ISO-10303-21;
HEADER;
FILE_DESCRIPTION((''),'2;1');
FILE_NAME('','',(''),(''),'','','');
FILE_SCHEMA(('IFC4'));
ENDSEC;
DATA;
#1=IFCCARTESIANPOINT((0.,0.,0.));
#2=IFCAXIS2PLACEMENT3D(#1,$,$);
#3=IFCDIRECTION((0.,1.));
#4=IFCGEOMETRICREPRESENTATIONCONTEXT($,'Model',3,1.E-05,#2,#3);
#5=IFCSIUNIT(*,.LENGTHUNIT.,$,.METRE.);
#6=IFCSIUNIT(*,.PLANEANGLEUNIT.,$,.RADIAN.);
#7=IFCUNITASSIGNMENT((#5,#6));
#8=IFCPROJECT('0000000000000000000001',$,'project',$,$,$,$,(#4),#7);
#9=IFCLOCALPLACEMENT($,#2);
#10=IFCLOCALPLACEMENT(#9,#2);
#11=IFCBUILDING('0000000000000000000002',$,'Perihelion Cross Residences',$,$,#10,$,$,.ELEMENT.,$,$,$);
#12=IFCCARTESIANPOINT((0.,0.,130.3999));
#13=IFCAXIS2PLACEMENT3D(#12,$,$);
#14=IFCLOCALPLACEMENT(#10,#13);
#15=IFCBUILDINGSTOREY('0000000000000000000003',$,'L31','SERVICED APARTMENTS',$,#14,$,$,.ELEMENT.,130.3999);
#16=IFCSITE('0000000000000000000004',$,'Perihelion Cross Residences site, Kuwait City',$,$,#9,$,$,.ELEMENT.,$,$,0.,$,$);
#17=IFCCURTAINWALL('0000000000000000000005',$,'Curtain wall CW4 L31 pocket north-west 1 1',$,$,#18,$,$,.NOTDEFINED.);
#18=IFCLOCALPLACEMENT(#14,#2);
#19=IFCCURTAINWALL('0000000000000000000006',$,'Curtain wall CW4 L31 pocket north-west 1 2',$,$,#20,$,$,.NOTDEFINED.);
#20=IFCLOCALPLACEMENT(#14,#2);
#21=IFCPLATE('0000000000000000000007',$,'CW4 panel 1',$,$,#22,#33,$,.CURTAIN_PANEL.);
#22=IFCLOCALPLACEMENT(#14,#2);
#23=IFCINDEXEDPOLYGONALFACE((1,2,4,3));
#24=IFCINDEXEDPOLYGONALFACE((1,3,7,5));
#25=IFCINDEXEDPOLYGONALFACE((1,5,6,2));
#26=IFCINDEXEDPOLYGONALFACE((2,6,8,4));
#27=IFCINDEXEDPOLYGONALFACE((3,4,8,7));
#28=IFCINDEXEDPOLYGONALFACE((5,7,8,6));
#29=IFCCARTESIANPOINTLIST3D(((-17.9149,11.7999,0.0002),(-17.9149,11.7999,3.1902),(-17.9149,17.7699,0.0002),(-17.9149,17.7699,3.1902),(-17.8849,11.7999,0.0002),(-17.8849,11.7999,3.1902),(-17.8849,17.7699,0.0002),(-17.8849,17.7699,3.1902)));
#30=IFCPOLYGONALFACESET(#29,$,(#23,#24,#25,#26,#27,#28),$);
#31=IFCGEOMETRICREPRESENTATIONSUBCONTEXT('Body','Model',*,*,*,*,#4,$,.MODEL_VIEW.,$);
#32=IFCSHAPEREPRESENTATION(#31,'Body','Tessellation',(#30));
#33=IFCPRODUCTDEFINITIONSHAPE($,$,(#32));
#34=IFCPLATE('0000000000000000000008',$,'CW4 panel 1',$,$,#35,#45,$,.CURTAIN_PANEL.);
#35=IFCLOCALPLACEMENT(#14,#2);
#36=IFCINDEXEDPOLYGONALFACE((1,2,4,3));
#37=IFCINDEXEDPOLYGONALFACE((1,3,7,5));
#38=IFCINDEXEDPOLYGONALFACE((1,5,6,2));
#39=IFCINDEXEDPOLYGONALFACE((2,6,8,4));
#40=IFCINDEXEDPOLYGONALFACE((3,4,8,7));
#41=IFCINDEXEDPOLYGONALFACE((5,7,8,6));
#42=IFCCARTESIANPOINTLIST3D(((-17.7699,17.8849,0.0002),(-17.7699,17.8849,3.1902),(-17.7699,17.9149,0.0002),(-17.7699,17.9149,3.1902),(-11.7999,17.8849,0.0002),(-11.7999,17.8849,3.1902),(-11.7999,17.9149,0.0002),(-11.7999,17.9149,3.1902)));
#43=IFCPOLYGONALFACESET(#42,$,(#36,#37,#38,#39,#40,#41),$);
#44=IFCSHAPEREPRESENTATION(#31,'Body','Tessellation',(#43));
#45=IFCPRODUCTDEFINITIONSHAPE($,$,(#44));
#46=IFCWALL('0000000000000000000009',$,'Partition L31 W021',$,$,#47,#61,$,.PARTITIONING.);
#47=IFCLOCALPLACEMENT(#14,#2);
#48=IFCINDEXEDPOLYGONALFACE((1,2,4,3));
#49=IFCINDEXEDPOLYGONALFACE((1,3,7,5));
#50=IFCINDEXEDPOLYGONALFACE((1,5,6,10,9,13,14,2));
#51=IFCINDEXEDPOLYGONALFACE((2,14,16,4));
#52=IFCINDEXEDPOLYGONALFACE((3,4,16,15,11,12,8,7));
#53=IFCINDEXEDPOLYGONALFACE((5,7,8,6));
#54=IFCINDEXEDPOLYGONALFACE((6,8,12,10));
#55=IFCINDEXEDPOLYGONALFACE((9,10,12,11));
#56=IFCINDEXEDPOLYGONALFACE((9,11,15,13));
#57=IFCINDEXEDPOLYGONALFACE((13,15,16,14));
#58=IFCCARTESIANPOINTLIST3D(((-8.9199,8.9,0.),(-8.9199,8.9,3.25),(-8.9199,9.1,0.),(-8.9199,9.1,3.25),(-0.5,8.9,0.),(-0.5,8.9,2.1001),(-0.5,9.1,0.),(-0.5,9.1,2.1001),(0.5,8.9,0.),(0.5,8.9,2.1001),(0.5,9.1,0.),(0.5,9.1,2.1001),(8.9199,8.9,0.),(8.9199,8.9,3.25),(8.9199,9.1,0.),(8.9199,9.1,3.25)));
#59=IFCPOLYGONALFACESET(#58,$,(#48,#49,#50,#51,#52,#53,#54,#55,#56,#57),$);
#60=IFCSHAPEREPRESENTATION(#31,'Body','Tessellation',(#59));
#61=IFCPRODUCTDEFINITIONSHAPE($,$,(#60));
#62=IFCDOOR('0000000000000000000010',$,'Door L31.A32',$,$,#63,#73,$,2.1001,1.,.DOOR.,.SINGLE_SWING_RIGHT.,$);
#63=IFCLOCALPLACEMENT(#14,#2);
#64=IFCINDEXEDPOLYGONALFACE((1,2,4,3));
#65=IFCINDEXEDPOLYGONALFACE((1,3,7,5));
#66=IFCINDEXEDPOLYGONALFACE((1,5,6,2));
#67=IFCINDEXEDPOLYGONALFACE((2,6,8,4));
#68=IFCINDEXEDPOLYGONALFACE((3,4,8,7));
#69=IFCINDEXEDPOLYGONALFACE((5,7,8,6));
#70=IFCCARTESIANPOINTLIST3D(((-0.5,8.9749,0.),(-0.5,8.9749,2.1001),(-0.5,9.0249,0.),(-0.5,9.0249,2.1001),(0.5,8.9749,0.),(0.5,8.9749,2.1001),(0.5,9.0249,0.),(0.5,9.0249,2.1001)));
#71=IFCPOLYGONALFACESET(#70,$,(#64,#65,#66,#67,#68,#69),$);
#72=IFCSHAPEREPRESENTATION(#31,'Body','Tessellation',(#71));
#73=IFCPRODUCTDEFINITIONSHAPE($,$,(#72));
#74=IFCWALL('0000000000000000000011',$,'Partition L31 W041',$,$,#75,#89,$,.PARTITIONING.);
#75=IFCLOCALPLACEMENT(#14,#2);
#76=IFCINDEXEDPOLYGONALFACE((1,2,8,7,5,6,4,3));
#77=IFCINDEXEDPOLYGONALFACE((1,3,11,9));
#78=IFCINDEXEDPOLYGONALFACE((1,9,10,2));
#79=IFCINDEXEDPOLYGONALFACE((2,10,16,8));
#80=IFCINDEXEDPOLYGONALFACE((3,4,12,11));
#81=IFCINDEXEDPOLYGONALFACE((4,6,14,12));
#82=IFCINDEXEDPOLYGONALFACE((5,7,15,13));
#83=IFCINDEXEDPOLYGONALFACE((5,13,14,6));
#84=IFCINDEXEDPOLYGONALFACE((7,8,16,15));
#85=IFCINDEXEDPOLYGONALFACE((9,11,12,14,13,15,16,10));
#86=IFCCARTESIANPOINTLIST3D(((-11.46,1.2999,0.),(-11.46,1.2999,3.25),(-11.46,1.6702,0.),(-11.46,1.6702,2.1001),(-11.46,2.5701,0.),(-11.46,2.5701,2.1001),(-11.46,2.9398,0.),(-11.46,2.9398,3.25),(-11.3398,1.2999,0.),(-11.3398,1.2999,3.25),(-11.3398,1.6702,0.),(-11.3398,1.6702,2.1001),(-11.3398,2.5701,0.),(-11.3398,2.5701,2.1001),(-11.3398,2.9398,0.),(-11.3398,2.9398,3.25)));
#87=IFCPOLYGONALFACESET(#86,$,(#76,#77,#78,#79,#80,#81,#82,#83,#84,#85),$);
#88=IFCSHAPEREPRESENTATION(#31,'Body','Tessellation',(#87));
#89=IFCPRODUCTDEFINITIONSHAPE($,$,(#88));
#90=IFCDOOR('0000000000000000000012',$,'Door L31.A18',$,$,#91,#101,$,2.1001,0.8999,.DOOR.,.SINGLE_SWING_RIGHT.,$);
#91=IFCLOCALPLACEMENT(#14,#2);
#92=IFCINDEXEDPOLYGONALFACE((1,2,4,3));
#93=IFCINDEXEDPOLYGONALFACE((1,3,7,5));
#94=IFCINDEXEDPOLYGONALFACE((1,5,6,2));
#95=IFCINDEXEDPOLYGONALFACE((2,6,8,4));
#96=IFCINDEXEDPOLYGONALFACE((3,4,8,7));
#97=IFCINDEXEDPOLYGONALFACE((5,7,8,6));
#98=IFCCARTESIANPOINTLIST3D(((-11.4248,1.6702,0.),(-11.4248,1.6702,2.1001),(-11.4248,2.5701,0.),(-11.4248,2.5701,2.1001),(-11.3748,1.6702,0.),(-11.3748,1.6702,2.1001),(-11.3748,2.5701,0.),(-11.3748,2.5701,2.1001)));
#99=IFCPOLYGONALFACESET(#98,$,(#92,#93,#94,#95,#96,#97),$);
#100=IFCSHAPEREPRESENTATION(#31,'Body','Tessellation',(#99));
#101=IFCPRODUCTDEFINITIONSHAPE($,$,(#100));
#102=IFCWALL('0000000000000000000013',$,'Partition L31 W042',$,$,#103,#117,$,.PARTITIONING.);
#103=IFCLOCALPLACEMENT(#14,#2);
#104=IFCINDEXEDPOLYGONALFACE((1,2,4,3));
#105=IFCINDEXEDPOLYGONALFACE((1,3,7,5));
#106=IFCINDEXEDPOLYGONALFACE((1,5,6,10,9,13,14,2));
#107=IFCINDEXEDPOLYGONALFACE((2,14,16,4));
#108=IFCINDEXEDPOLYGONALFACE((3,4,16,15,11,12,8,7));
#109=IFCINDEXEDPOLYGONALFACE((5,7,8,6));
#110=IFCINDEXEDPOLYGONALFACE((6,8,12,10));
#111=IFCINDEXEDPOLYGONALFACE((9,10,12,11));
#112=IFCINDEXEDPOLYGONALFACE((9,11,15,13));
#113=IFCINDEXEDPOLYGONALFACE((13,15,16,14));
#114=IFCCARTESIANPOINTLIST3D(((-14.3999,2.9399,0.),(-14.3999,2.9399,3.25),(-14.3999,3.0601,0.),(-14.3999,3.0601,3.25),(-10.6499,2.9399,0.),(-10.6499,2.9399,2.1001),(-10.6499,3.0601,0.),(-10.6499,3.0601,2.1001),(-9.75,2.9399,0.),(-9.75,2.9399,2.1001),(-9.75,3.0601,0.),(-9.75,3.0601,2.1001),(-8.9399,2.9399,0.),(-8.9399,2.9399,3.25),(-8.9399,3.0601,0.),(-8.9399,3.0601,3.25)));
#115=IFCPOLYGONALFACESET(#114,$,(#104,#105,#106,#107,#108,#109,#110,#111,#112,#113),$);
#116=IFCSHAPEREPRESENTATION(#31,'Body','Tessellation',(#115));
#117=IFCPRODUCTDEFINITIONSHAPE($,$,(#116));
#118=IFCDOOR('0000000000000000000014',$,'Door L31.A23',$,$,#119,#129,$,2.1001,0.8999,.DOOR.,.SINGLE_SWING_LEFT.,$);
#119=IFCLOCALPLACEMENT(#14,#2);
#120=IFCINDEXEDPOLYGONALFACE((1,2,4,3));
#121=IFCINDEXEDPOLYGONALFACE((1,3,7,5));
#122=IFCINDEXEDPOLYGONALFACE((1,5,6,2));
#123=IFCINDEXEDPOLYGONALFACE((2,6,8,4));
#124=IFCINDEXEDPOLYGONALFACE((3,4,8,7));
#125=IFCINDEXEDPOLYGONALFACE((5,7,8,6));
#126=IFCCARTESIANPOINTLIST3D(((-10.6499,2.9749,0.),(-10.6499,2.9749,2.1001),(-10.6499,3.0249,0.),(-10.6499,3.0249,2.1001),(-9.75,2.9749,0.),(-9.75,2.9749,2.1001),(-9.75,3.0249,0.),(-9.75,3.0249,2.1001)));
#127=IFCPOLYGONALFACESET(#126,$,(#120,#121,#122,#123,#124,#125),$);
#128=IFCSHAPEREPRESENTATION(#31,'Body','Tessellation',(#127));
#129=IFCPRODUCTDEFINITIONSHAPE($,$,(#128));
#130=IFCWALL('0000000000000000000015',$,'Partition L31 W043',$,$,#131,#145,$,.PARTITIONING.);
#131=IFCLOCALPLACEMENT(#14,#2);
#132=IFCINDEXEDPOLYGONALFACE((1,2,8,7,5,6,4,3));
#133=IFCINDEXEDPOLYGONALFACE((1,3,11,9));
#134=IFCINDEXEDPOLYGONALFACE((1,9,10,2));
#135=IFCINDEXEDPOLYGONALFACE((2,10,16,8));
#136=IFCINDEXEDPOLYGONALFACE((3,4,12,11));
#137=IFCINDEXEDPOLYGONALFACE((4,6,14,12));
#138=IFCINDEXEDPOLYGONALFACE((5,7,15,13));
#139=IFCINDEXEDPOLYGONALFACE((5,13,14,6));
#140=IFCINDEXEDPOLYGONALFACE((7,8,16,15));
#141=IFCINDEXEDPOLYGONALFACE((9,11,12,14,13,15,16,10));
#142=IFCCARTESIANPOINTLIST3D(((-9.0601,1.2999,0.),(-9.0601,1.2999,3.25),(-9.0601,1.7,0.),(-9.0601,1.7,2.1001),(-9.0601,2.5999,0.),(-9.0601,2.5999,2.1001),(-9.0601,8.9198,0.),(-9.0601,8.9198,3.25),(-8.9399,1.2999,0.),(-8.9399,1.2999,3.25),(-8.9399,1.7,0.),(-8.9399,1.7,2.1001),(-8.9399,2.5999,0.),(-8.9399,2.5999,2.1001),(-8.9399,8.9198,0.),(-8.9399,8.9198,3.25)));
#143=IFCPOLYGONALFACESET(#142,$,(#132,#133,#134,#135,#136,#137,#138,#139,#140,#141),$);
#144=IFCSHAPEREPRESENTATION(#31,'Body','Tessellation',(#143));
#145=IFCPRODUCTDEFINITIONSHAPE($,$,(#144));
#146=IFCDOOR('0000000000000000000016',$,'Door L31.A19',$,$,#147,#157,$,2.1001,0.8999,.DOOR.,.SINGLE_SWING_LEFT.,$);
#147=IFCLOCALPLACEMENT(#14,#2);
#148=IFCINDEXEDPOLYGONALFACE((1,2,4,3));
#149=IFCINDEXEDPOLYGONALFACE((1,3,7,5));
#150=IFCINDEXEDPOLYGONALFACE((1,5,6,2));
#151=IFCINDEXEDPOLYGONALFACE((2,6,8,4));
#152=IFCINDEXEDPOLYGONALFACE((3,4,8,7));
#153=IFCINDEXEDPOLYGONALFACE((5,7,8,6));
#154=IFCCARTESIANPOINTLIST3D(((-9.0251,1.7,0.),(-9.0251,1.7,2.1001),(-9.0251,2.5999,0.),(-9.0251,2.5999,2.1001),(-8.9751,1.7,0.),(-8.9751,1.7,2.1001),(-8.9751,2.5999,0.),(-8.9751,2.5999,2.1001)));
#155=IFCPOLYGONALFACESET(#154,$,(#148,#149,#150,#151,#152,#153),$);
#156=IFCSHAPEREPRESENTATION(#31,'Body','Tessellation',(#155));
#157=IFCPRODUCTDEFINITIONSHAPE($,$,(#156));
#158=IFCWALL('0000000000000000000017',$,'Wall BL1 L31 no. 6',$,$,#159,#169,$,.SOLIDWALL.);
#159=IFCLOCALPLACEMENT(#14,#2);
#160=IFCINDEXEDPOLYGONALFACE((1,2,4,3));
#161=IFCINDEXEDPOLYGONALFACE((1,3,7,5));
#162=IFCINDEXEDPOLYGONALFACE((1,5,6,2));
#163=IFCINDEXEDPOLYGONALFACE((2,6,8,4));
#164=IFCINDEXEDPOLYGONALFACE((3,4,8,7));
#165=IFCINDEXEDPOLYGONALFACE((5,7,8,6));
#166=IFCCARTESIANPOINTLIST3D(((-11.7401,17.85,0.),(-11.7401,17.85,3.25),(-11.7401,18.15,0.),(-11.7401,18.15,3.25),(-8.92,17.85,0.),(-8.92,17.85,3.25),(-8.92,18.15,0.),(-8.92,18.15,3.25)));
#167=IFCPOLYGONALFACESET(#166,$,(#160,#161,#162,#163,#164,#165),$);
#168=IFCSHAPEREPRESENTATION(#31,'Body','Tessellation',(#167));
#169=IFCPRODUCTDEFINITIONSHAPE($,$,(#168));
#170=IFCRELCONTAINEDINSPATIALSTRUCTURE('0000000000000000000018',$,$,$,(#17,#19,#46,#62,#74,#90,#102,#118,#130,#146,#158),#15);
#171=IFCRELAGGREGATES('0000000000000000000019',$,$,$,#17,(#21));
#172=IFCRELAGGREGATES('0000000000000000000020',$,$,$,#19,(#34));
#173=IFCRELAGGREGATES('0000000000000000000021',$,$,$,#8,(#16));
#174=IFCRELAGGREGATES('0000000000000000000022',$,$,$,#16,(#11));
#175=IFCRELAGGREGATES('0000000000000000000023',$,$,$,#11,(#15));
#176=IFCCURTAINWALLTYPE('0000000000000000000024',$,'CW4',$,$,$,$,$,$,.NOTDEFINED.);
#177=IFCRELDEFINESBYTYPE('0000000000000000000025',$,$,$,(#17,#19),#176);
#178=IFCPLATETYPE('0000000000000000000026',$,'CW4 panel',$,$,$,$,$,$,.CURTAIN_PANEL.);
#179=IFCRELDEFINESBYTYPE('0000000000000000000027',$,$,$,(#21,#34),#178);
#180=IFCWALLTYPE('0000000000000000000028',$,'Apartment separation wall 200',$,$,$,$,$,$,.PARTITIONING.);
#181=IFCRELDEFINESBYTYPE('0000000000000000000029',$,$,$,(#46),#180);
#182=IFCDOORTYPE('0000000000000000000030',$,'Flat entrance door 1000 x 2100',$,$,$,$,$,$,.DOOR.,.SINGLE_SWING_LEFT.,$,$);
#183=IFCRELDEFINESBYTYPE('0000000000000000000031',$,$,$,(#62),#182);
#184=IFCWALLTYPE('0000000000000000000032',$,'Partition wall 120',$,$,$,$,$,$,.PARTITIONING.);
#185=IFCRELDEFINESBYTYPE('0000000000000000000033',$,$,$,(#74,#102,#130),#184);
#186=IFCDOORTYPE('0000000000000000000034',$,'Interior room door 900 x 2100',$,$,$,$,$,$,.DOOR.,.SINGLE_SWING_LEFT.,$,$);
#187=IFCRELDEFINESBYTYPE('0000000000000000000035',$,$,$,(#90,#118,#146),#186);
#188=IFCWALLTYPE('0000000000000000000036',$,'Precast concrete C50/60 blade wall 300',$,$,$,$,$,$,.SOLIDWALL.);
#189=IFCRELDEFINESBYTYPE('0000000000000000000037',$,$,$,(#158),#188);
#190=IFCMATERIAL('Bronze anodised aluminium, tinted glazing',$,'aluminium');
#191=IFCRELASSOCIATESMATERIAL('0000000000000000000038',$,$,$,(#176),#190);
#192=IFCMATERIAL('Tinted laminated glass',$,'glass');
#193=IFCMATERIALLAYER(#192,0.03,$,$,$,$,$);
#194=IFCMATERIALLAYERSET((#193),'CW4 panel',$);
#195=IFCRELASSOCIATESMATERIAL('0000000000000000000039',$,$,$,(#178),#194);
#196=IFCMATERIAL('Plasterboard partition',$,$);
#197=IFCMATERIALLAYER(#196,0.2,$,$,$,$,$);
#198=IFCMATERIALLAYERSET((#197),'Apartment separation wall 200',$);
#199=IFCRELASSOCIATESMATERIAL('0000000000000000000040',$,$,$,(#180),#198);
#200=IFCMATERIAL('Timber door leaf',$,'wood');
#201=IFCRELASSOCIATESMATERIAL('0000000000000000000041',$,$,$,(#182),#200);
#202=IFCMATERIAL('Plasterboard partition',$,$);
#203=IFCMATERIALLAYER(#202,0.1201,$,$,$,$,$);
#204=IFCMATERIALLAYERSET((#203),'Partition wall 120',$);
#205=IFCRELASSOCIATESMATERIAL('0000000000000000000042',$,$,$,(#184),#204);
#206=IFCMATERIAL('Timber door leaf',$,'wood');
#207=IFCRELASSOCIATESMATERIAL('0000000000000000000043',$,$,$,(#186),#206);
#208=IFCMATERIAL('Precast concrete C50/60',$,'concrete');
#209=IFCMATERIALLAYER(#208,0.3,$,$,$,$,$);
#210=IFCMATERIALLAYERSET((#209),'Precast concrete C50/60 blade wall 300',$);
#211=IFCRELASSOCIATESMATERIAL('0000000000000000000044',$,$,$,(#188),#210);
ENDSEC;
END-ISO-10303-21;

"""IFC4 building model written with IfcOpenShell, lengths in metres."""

from ifc_helpers import new_model, si_unit, direction, frame, frame_2d, origin, origin_2d, place, context, subcontext, project, spatial, rectangle, extrude, material, layer, layer_set, type_object, element, fill, aggregate, save


model = new_model("IFC4")

# Units and contexts
model_context = context("Model", 3, precision=1e-05, world=origin(), true_north=direction((0.0, 1.0)))
body_context = subcontext(model_context, "Body", "Model", "MODEL_VIEW")
ifc_project = project(units=[si_unit("LENGTHUNIT", "METRE"), si_unit("PLANEANGLEUNIT", "RADIAN")], contexts=[model_context])

# Site, building, storey
site_placement = place(None, origin())
site = spatial("IfcSite", under=ifc_project, at=site_placement, Name="Perihelion Cross Residences site, Kuwait City", CompositionType="ELEMENT", RefElevation=0.0)
building_placement = place(site_placement, origin())
building = spatial("IfcBuilding", under=site, at=building_placement, Name="Perihelion Cross Residences", CompositionType="ELEMENT")
storey_placement = place(building_placement, frame((0.0, 0.0, 130.3999)))
storey = spatial("IfcBuildingStorey", under=building, at=storey_placement, Name="L31", Description="SERVICED APARTMENTS", CompositionType="ELEMENT", Elevation=130.3999)

# Curtain walls
ifc_material_1 = material(Name="Bronze anodised aluminium, tinted glazing", Category="aluminium")
curtain_wall_type_1 = type_object("IfcCurtainWallType", Name="CW4", PredefinedType="NOTDEFINED", material=ifc_material_1)
curtain_wall_1_placement = place(storey_placement, origin())
curtain_wall_1 = element("IfcCurtainWall", 1, at=curtain_wall_1_placement, inside=storey, type_object=curtain_wall_type_1, Name="Curtain wall CW4 L31 pocket north-west 1 1", PredefinedType="NOTDEFINED")
curtain_wall_2_placement = place(storey_placement, origin())
curtain_wall_2 = element("IfcCurtainWall", 2, at=curtain_wall_2_placement, inside=storey, type_object=curtain_wall_type_1, Name="Curtain wall CW4 L31 pocket north-west 1 2", PredefinedType="NOTDEFINED")

# Plates
ifc_material_2 = material(Name="Tinted laminated glass", Category="glass")
ifc_layer_1 = layer(ifc_material_2, 0.03)
ifc_layer_set_1 = layer_set([ifc_layer_1], Name="CW4 panel")
plate_type_1 = type_object("IfcPlateType", Name="CW4 panel", PredefinedType="CURTAIN_PANEL", material=ifc_layer_set_1)
plate_1_placement = place(storey_placement, frame((-17.8999, 14.7849, 0.0002), z_axis=(0.0, 0.0, 1.0), x_axis=(0.0, 1.0, 0.0)))
plate_1 = element("IfcPlate", 3, at=plate_1_placement, type_object=plate_type_1, Name="CW4 panel 1", PredefinedType="CURTAIN_PANEL", context=body_context, shape_type="SweptSolid", body=[
    extrude(rectangle(XDim=5.97, YDim=0.03, at=origin_2d()), origin(), (0.0, 0.0, 1.0), 3.1899),
])
aggregate(curtain_wall_1, [plate_1])
plate_2_placement = place(storey_placement, frame((-14.7849, 17.8999, 0.0002), z_axis=(0.0, 0.0, 1.0), x_axis=(1.0, 0.0, 0.0)))
plate_2 = element("IfcPlate", 4, at=plate_2_placement, type_object=plate_type_1, Name="CW4 panel 1", PredefinedType="CURTAIN_PANEL", context=body_context, shape_type="SweptSolid", body=[
    extrude(rectangle(XDim=5.97, YDim=0.03, at=origin_2d()), origin(), (0.0, 0.0, 1.0), 3.1899),
])
aggregate(curtain_wall_2, [plate_2])

# Walls, openings, doors
ifc_material_3 = material(Name="Plasterboard partition")
ifc_layer_2 = layer(ifc_material_3, 0.2)
ifc_layer_set_2 = layer_set([ifc_layer_2], Name="Apartment separation wall 200")
wall_type_1 = type_object("IfcWallType", Name="Apartment separation wall 200", PredefinedType="PARTITIONING", material=ifc_layer_set_2)
wall_1_placement = place(storey_placement, frame((-8.9199, 9.0, 0.0), z_axis=(0.0, 0.0, 1.0), x_axis=(1.0, 0.0, 0.0)))
wall_1 = element("IfcWall", 5, at=wall_1_placement, inside=storey, type_object=wall_type_1, Name="Partition L31 W021", PredefinedType="PARTITIONING", context=body_context, shape_type="SweptSolid", body=[
    extrude(rectangle(XDim=17.8398, YDim=0.2, at=frame_2d((8.9199, 0.0))), origin(), (0.0, 0.0, 1.0), 3.25),
])
opening_1_placement = place(wall_1_placement, frame((8.4199, 0.0, 0.0)))
opening_1 = element("IfcOpeningElement", 6, at=opening_1_placement, cuts=wall_1, PredefinedType="OPENING", context=body_context, shape_type="SweptSolid", body=[
    extrude(rectangle(XDim=1.0, YDim=2.1001, at=frame_2d((0.5, 1.05))), frame((0.0, 0.1099, 0.0), z_axis=(0.0, -1.0, 0.0), x_axis=(1.0, 0.0, 0.0)), (0.0, 0.0, 1.0), 0.22),
])
ifc_material_4 = material(Name="Timber door leaf", Category="wood")
door_type_1 = type_object("IfcDoorType", Name="Flat entrance door 1000 x 2100", OperationType="SINGLE_SWING_LEFT", PredefinedType="DOOR", material=ifc_material_4)
door_1_placement = place(opening_1_placement, origin())
door_1 = element("IfcDoor", 7, at=door_1_placement, inside=storey, type_object=door_type_1, Name="Door L31.A32", OperationType="SINGLE_SWING_RIGHT", OverallHeight=2.1001, OverallWidth=1.0, PredefinedType="DOOR", context=body_context, shape_type="SweptSolid", body=[
    extrude(rectangle(XDim=1.0, YDim=2.1001, at=frame_2d((0.5, 1.05))), frame((0.0, 0.0249, 0.0), z_axis=(0.0, -1.0, 0.0), x_axis=(1.0, 0.0, 0.0)), (0.0, 0.0, 1.0), 0.05),
])
fill(opening_1, door_1)
ifc_material_5 = material(Name="Plasterboard partition")
ifc_layer_3 = layer(ifc_material_5, 0.1201)
ifc_layer_set_3 = layer_set([ifc_layer_3], Name="Partition wall 120")
wall_type_2 = type_object("IfcWallType", Name="Partition wall 120", PredefinedType="PARTITIONING", material=ifc_layer_set_3)
wall_2_placement = place(storey_placement, frame((-11.3999, 1.3, 0.0), z_axis=(0.0, 0.0, 1.0), x_axis=(0.0, 1.0, 0.0)))
wall_2 = element("IfcWall", 8, at=wall_2_placement, inside=storey, type_object=wall_type_2, Name="Partition L31 W041", PredefinedType="PARTITIONING", context=body_context, shape_type="SweptSolid", body=[
    extrude(rectangle(XDim=1.6399, YDim=0.1201, at=frame_2d((0.8198, 0.0))), origin(), (0.0, 0.0, 1.0), 3.25),
])
opening_2_placement = place(wall_2_placement, frame((0.3701, 0.0, 0.0)))
opening_2 = element("IfcOpeningElement", 9, at=opening_2_placement, cuts=wall_2, PredefinedType="OPENING", context=body_context, shape_type="SweptSolid", body=[
    extrude(rectangle(XDim=0.8999, YDim=2.1001, at=frame_2d((0.45, 1.05))), frame((0.0, 0.0701, 0.0), z_axis=(0.0, -1.0, 0.0), x_axis=(1.0, 0.0, 0.0)), (0.0, 0.0, 1.0), 0.1401),
])
ifc_material_6 = material(Name="Timber door leaf", Category="wood")
door_type_2 = type_object("IfcDoorType", Name="Interior room door 900 x 2100", OperationType="SINGLE_SWING_LEFT", PredefinedType="DOOR", material=ifc_material_6)
door_2_placement = place(opening_2_placement, origin())
door_2 = element("IfcDoor", 10, at=door_2_placement, inside=storey, type_object=door_type_2, Name="Door L31.A18", OperationType="SINGLE_SWING_RIGHT", OverallHeight=2.1001, OverallWidth=0.8999, PredefinedType="DOOR", context=body_context, shape_type="SweptSolid", body=[
    extrude(rectangle(XDim=0.8999, YDim=2.1001, at=frame_2d((0.45, 1.05))), frame((0.0, 0.0249, 0.0), z_axis=(0.0, -1.0, 0.0), x_axis=(1.0, 0.0, 0.0)), (0.0, 0.0, 1.0), 0.05),
])
fill(opening_2, door_2)
wall_3_placement = place(storey_placement, frame((-14.3999, 3.0, 0.0), z_axis=(0.0, 0.0, 1.0), x_axis=(1.0, 0.0, 0.0)))
wall_3 = element("IfcWall", 11, at=wall_3_placement, inside=storey, type_object=wall_type_2, Name="Partition L31 W042", PredefinedType="PARTITIONING", context=body_context, shape_type="SweptSolid", body=[
    extrude(rectangle(XDim=5.46, YDim=0.1201, at=frame_2d((2.73, 0.0))), origin(), (0.0, 0.0, 1.0), 3.25),
])
opening_3_placement = place(wall_3_placement, frame((3.75, 0.0, 0.0)))
opening_3 = element("IfcOpeningElement", 12, at=opening_3_placement, cuts=wall_3, PredefinedType="OPENING", context=body_context, shape_type="SweptSolid", body=[
    extrude(rectangle(XDim=0.8999, YDim=2.1001, at=frame_2d((0.45, 1.05))), frame((0.0, 0.0701, 0.0), z_axis=(0.0, -1.0, 0.0), x_axis=(1.0, 0.0, 0.0)), (0.0, 0.0, 1.0), 0.1401),
])
door_3_placement = place(opening_3_placement, origin())
door_3 = element("IfcDoor", 13, at=door_3_placement, inside=storey, type_object=door_type_2, Name="Door L31.A23", OperationType="SINGLE_SWING_LEFT", OverallHeight=2.1001, OverallWidth=0.8999, PredefinedType="DOOR", context=body_context, shape_type="SweptSolid", body=[
    extrude(rectangle(XDim=0.8999, YDim=2.1001, at=frame_2d((0.45, 1.05))), frame((0.0, 0.0249, 0.0), z_axis=(0.0, -1.0, 0.0), x_axis=(1.0, 0.0, 0.0)), (0.0, 0.0, 1.0), 0.05),
])
fill(opening_3, door_3)
wall_4_placement = place(storey_placement, frame((-9.0, 8.9199, 0.0), z_axis=(0.0, 0.0, 1.0), x_axis=(0.0, -1.0, 0.0)))
wall_4 = element("IfcWall", 14, at=wall_4_placement, inside=storey, type_object=wall_type_2, Name="Partition L31 W043", PredefinedType="PARTITIONING", context=body_context, shape_type="SweptSolid", body=[
    extrude(rectangle(XDim=7.6199, YDim=0.1201, at=frame_2d((3.8101, 0.0))), origin(), (0.0, 0.0, 1.0), 3.25),
])
opening_4_placement = place(wall_4_placement, frame((6.3201, 0.0, 0.0)))
opening_4 = element("IfcOpeningElement", 15, at=opening_4_placement, cuts=wall_4, PredefinedType="OPENING", context=body_context, shape_type="SweptSolid", body=[
    extrude(rectangle(XDim=0.8999, YDim=2.1001, at=frame_2d((0.45, 1.05))), frame((0.0, 0.0701, 0.0), z_axis=(0.0, -1.0, 0.0), x_axis=(1.0, 0.0, 0.0)), (0.0, 0.0, 1.0), 0.1401),
])
door_4_placement = place(opening_4_placement, origin())
door_4 = element("IfcDoor", 16, at=door_4_placement, inside=storey, type_object=door_type_2, Name="Door L31.A19", OperationType="SINGLE_SWING_LEFT", OverallHeight=2.1001, OverallWidth=0.8999, PredefinedType="DOOR", context=body_context, shape_type="SweptSolid", body=[
    extrude(rectangle(XDim=0.8999, YDim=2.1001, at=frame_2d((0.45, 1.05))), frame((0.0, 0.0249, 0.0), z_axis=(0.0, -1.0, 0.0), x_axis=(1.0, 0.0, 0.0)), (0.0, 0.0, 1.0), 0.05),
])
fill(opening_4, door_4)

# Wall
ifc_material_7 = material(Name="Precast concrete C50/60", Category="concrete")
ifc_layer_4 = layer(ifc_material_7, 0.3)
ifc_layer_set_4 = layer_set([ifc_layer_4], Name="Precast concrete C50/60 blade wall 300")
wall_type_3 = type_object("IfcWallType", Name="Precast concrete C50/60 blade wall 300", PredefinedType="SOLIDWALL", material=ifc_layer_set_4)
wall_5_placement = place(storey_placement, frame((-8.9199, 18.0, 0.0), z_axis=(0.0, 0.0, 1.0), x_axis=(-1.0, 0.0, 0.0)))
element("IfcWall", 17, at=wall_5_placement, inside=storey, type_object=wall_type_3, Name="Wall BL1 L31 no. 6", PredefinedType="SOLIDWALL", context=body_context, shape_type="SweptSolid", body=[
    extrude(rectangle(XDim=2.8201, YDim=0.3, at=frame_2d((1.4102, 0.0))), origin(), (0.0, 0.0, 1.0), 3.25),
])

save(model, "model.ifc")
